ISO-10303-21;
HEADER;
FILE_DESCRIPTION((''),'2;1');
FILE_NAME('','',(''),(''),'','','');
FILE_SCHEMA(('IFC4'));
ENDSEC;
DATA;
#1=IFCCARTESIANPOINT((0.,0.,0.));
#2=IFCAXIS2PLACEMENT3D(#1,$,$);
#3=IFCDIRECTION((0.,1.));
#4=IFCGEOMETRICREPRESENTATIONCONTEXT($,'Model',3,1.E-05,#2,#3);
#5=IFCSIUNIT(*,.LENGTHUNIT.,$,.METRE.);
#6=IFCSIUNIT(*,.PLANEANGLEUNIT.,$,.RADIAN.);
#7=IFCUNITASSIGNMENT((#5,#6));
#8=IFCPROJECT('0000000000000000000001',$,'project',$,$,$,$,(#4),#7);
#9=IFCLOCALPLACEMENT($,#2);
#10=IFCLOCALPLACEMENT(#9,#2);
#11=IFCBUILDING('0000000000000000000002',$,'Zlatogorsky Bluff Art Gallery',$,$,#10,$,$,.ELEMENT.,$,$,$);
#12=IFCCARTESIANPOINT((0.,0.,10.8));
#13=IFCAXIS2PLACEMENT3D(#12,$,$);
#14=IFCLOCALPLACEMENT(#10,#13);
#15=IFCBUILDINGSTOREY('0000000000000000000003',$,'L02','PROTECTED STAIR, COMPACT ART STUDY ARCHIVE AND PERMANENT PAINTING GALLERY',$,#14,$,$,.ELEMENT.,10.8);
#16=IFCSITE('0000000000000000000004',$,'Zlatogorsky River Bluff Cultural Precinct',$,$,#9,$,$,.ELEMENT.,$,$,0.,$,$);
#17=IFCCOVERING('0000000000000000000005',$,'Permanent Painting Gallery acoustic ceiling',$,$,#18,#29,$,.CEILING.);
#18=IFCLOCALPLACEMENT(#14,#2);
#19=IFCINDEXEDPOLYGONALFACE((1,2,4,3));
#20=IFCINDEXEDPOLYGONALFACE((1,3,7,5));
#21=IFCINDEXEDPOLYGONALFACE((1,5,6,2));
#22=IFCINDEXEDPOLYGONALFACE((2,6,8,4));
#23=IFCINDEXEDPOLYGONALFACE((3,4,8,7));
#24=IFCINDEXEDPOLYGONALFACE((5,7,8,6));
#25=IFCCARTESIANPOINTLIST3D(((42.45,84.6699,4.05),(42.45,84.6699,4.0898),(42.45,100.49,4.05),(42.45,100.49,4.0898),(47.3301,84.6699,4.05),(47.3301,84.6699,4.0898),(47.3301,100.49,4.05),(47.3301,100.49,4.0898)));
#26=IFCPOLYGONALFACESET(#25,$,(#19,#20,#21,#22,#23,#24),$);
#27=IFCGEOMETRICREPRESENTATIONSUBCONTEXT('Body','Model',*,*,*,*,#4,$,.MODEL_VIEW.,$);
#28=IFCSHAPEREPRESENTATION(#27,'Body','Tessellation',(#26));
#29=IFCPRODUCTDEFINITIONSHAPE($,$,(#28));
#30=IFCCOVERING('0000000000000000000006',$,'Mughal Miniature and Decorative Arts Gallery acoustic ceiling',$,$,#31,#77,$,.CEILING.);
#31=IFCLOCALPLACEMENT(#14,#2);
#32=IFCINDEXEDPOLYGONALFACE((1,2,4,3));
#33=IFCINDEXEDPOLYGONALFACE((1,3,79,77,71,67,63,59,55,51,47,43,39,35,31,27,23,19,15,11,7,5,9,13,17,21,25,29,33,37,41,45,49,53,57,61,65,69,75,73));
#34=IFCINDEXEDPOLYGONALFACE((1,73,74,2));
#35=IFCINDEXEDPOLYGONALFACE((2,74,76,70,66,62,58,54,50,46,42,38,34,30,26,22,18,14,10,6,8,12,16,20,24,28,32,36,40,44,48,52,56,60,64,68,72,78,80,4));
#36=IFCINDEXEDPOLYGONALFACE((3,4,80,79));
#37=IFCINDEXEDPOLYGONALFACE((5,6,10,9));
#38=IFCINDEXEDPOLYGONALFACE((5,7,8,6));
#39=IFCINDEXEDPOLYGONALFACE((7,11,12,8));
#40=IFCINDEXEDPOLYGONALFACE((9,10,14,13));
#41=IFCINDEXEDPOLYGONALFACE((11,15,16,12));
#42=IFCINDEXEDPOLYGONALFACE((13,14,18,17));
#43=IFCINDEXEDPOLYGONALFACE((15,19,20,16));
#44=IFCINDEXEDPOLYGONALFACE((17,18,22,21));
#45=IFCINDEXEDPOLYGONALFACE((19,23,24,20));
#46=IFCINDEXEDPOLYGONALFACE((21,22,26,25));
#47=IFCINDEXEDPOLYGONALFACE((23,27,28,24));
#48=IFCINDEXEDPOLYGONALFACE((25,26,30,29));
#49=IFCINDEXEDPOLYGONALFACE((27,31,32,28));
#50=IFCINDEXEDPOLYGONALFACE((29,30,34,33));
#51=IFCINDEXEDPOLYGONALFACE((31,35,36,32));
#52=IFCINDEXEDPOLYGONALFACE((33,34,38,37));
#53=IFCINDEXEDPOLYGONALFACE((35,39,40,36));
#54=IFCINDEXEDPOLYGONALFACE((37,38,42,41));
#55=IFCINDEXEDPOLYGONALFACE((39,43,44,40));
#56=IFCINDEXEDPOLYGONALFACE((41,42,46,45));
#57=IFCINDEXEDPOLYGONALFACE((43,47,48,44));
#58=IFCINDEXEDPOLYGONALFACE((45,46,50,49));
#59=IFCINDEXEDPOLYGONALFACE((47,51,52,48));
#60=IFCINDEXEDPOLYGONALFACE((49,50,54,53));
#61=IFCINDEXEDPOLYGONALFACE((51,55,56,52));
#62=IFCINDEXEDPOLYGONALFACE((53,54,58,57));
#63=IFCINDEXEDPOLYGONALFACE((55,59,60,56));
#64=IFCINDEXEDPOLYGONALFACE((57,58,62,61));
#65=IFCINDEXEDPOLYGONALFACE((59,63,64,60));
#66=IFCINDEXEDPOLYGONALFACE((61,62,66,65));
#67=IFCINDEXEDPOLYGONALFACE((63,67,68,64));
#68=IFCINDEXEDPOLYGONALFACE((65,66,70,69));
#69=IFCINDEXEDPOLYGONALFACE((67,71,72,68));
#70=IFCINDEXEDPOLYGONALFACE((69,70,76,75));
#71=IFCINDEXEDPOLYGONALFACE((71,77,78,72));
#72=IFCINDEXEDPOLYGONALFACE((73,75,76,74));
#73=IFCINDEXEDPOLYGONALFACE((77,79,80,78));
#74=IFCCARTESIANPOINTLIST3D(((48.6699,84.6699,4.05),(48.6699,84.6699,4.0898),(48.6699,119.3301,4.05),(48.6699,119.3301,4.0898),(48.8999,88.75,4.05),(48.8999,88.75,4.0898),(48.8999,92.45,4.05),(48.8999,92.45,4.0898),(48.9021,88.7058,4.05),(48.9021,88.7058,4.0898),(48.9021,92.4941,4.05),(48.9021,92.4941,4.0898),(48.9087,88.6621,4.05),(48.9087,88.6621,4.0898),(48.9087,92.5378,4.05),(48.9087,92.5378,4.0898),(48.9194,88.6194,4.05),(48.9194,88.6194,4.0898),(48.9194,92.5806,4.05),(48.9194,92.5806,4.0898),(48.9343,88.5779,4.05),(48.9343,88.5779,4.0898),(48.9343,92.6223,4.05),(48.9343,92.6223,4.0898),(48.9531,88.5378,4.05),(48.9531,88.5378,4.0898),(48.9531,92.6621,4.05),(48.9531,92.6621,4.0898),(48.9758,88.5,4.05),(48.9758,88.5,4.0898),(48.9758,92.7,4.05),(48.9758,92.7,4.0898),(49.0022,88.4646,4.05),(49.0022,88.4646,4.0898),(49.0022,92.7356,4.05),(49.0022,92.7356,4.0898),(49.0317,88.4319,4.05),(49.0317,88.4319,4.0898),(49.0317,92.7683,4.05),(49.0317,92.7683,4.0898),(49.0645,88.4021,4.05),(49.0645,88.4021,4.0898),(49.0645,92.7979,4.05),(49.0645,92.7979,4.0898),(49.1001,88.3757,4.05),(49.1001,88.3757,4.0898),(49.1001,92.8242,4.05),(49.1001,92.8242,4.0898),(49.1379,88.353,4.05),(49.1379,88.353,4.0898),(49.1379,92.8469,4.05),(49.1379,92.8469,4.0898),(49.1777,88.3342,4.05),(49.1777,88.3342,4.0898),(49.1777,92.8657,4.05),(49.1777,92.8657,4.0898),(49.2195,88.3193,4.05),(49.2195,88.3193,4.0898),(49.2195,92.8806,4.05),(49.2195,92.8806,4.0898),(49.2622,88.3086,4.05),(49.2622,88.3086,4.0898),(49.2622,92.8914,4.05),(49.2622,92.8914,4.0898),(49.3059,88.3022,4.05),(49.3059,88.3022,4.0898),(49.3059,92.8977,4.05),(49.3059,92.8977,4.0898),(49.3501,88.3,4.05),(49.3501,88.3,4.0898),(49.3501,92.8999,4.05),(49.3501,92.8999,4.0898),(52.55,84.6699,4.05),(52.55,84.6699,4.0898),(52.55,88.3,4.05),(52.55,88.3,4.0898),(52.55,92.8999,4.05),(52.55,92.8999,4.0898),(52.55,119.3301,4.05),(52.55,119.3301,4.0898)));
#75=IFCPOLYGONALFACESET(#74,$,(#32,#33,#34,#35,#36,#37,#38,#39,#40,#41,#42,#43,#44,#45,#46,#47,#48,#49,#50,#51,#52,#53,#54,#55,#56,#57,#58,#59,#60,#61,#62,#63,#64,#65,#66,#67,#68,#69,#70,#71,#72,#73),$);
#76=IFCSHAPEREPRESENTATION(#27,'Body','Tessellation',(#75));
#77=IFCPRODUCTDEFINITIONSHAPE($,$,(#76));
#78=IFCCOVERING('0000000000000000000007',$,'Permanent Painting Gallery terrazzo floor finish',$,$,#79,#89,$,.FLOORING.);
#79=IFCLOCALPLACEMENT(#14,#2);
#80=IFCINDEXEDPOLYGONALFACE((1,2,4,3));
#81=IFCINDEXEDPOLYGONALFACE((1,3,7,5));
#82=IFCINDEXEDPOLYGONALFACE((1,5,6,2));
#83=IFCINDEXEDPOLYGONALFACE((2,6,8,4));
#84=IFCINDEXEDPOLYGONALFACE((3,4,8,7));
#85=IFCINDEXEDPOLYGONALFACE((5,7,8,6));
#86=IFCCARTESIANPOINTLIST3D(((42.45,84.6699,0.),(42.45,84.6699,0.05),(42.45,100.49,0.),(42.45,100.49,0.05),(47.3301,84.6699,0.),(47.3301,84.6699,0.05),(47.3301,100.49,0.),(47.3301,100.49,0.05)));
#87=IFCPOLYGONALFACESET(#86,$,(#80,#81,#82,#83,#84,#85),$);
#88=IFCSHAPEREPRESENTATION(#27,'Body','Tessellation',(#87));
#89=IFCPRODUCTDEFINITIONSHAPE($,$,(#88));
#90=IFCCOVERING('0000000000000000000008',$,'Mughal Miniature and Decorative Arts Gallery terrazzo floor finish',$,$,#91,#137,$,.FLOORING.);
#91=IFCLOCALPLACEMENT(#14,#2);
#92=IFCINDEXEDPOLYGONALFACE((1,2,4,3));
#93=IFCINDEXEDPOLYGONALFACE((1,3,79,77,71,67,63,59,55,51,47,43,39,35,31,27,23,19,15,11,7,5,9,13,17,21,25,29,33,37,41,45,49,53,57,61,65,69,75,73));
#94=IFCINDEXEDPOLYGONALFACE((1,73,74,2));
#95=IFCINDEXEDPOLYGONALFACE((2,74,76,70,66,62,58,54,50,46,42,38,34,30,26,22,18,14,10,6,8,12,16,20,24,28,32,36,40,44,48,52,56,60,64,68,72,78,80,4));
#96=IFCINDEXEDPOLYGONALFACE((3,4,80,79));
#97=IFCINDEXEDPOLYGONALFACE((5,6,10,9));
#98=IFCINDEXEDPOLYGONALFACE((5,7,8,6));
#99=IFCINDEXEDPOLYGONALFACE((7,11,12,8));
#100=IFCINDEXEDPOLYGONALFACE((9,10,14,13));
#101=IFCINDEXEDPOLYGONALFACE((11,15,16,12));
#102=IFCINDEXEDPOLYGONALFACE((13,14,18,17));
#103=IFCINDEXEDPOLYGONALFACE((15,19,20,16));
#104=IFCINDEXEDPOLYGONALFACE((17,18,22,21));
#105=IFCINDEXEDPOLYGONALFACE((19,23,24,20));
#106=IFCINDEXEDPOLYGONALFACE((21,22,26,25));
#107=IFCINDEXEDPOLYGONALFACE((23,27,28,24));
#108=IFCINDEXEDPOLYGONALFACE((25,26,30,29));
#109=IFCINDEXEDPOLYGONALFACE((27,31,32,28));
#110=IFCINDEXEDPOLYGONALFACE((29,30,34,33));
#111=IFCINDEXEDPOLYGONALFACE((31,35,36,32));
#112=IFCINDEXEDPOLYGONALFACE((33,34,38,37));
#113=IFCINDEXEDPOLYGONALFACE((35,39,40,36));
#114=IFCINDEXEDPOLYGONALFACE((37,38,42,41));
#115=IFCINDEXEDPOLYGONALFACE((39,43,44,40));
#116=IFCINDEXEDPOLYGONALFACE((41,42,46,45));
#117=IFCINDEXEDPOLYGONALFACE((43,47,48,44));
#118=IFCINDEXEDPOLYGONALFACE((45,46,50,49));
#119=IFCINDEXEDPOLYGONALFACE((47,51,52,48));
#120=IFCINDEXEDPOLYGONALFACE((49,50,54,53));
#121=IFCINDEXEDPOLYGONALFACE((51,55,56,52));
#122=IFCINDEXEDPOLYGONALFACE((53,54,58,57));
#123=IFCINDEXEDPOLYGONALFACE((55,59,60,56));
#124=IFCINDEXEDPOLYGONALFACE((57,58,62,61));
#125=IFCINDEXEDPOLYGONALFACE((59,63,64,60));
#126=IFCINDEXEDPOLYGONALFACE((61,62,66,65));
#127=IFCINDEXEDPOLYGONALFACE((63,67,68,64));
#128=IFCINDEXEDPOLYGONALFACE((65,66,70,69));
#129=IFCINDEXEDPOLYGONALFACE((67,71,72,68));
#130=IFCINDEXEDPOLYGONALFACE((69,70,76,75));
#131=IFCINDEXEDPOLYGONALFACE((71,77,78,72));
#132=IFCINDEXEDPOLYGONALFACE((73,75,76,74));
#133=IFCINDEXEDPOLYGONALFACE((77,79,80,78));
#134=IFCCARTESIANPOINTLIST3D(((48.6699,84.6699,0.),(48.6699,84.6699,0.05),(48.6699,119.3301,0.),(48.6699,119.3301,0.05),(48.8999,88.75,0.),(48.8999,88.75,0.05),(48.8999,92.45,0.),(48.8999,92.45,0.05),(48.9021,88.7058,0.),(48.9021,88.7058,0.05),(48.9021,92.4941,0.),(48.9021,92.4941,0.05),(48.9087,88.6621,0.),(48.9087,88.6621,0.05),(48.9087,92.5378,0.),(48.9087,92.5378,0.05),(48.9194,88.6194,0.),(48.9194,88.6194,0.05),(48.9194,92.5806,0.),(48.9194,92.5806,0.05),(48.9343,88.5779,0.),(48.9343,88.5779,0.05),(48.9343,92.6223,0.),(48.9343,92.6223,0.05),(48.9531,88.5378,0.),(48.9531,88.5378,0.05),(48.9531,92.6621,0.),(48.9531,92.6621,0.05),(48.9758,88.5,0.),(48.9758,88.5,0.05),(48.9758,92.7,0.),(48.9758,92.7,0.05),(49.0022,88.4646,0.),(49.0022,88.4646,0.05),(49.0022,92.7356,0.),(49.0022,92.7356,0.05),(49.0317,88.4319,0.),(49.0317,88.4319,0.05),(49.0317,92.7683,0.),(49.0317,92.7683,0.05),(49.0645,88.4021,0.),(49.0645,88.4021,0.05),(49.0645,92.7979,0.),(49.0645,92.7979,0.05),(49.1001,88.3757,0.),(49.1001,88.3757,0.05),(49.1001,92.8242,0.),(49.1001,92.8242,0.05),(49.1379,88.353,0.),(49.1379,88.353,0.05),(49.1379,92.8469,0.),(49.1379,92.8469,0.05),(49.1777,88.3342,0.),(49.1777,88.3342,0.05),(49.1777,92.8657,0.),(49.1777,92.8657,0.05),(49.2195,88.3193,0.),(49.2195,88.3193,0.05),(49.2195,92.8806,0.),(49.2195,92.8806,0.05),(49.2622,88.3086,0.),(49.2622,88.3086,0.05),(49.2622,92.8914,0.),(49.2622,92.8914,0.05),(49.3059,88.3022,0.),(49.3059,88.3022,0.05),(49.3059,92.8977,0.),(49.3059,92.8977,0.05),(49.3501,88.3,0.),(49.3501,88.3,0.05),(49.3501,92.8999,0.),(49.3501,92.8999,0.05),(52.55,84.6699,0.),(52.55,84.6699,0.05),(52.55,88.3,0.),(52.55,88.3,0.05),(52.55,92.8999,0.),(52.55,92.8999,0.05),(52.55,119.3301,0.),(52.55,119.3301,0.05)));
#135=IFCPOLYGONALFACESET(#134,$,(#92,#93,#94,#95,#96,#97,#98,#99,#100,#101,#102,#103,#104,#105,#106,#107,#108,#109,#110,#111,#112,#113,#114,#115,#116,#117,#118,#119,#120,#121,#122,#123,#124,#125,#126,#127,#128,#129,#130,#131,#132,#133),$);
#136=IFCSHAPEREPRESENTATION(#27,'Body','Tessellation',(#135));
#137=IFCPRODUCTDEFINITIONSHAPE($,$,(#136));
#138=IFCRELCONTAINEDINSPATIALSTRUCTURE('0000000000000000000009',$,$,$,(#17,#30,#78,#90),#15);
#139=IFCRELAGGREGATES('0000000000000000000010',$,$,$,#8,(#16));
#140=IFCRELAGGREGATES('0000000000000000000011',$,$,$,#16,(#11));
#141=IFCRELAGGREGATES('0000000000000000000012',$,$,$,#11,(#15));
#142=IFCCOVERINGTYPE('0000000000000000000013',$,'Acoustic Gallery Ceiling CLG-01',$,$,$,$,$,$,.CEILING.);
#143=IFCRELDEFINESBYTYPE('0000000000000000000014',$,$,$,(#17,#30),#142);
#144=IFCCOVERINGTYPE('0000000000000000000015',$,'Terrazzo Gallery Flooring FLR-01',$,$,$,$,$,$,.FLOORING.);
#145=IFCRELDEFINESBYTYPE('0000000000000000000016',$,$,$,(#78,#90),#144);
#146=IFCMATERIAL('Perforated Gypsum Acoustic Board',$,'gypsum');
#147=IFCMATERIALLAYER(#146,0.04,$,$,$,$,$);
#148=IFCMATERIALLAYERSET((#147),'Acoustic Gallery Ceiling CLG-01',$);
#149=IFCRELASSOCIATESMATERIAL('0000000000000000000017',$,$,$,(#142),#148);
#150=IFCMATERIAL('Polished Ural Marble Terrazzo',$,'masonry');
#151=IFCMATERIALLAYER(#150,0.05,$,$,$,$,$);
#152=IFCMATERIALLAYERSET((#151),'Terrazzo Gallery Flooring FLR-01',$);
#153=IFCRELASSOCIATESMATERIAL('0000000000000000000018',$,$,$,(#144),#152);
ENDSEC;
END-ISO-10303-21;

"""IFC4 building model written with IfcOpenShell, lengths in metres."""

from ifc_helpers import new_model, si_unit, direction, frame, origin, place, context, subcontext, project, spatial, polyline, outline, extrude, material, layer, layer_set, type_object, element, save


model = new_model("IFC4")

# Units and contexts
model_context = context("Model", 3, precision=1e-05, world=origin(), true_north=direction((0.0, 1.0)))
body_context = subcontext(model_context, "Body", "Model", "MODEL_VIEW")
ifc_project = project(units=[si_unit("LENGTHUNIT", "METRE"), si_unit("PLANEANGLEUNIT", "RADIAN")], contexts=[model_context])

# Site, building, storey
site_placement = place(None, origin())
site = spatial("IfcSite", under=ifc_project, at=site_placement, Name="Zlatogorsky River Bluff Cultural Precinct", CompositionType="ELEMENT", RefElevation=0.0)
building_placement = place(site_placement, origin())
building = spatial("IfcBuilding", under=site, at=building_placement, Name="Zlatogorsky Bluff Art Gallery", CompositionType="ELEMENT")
storey_placement = place(building_placement, frame((0.0, 0.0, 10.8)))
storey = spatial("IfcBuildingStorey", under=building, at=storey_placement, Name="L02", Description="PROTECTED STAIR, COMPACT ART STUDY ARCHIVE AND PERMANENT PAINTING GALLERY", CompositionType="ELEMENT", Elevation=10.8)

# Coverings
ifc_material_1 = material(Name="Perforated Gypsum Acoustic Board", Category="gypsum")
ifc_layer_1 = layer(ifc_material_1, 0.04)
ifc_layer_set_1 = layer_set([ifc_layer_1], Name="Acoustic Gallery Ceiling CLG-01")
covering_type_1 = type_object("IfcCoveringType", Name="Acoustic Gallery Ceiling CLG-01", PredefinedType="CEILING", material=ifc_layer_set_1)
covering_1_placement = place(storey_placement, frame((0.0, 0.0, 4.05)))
element("IfcCovering", 1, at=covering_1_placement, inside=storey, type_object=covering_type_1, Name="Permanent Painting Gallery acoustic ceiling", PredefinedType="CEILING", context=body_context, shape_type="SweptSolid", body=[
    extrude(outline(polyline([(42.45, 84.6699), (42.45, 100.49), (47.3301, 100.49), (47.3301, 84.6699), (42.45, 84.6699)])), origin(), (0.0, 0.0, 1.0), 0.0398),
])
covering_2_placement = place(storey_placement, frame((0.0, 0.0, 4.05)))
element("IfcCovering", 2, at=covering_2_placement, inside=storey, type_object=covering_type_1, Name="Mughal Miniature and Decorative Arts Gallery acoustic ceiling", PredefinedType="CEILING", context=body_context, shape_type="SweptSolid", body=[
    extrude(outline(polyline([(52.55, 84.6699), (48.6699, 84.6699), (48.6699, 119.3301), (52.55, 119.3301), (52.55, 92.8999), (49.3501, 92.8999), (49.3059, 92.8977), (49.2622, 92.8914), (49.2195, 92.8806), (49.1777, 92.8657), (49.1379, 92.8469), (49.1001, 92.8242), (49.0645, 92.7979), (49.0317, 92.7683), (49.0022, 92.7356), (48.9758, 92.7), (48.9531, 92.6621), (48.9343, 92.6223), (48.9194, 92.5806), (48.9087, 92.5378), (48.9021, 92.4941), (48.8999, 92.45), (48.8999, 88.75), (48.9021, 88.7058), (48.9087, 88.6621), (48.9194, 88.6194), (48.9343, 88.5779), (48.9531, 88.5378), (48.9758, 88.5), (49.0022, 88.4646), (49.0317, 88.4319), (49.0645, 88.4021), (49.1001, 88.3757), (49.1379, 88.353), (49.1777, 88.3342), (49.2195, 88.3193), (49.2622, 88.3086), (49.3059, 88.3022), (49.3501, 88.3), (52.55, 88.3), (52.55, 84.6699)])), origin(), (0.0, 0.0, 1.0), 0.0398),
])
ifc_material_2 = material(Name="Polished Ural Marble Terrazzo", Category="masonry")
ifc_layer_2 = layer(ifc_material_2, 0.05)
ifc_layer_set_2 = layer_set([ifc_layer_2], Name="Terrazzo Gallery Flooring FLR-01")
covering_type_2 = type_object("IfcCoveringType", Name="Terrazzo Gallery Flooring FLR-01", PredefinedType="FLOORING", material=ifc_layer_set_2)
covering_3_placement = place(storey_placement, origin())
element("IfcCovering", 3, at=covering_3_placement, inside=storey, type_object=covering_type_2, Name="Permanent Painting Gallery terrazzo floor finish", PredefinedType="FLOORING", context=body_context, shape_type="SweptSolid", body=[
    extrude(outline(polyline([(42.45, 84.6699), (42.45, 100.49), (47.3301, 100.49), (47.3301, 84.6699), (42.45, 84.6699)])), origin(), (0.0, 0.0, 1.0), 0.05),
])
covering_4_placement = place(storey_placement, origin())
element("IfcCovering", 4, at=covering_4_placement, inside=storey, type_object=covering_type_2, Name="Mughal Miniature and Decorative Arts Gallery terrazzo floor finish", PredefinedType="FLOORING", context=body_context, shape_type="SweptSolid", body=[
    extrude(outline(polyline([(52.55, 84.6699), (48.6699, 84.6699), (48.6699, 119.3301), (52.55, 119.3301), (52.55, 92.8999), (49.3501, 92.8999), (49.3059, 92.8977), (49.2622, 92.8914), (49.2195, 92.8806), (49.1777, 92.8657), (49.1379, 92.8469), (49.1001, 92.8242), (49.0645, 92.7979), (49.0317, 92.7683), (49.0022, 92.7356), (48.9758, 92.7), (48.9531, 92.6621), (48.9343, 92.6223), (48.9194, 92.5806), (48.9087, 92.5378), (48.9021, 92.4941), (48.8999, 92.45), (48.8999, 88.75), (48.9021, 88.7058), (48.9087, 88.6621), (48.9194, 88.6194), (48.9343, 88.5779), (48.9531, 88.5378), (48.9758, 88.5), (49.0022, 88.4646), (49.0317, 88.4319), (49.0645, 88.4021), (49.1001, 88.3757), (49.1379, 88.353), (49.1777, 88.3342), (49.2195, 88.3193), (49.2622, 88.3086), (49.3059, 88.3022), (49.3501, 88.3), (52.55, 88.3), (52.55, 84.6699)])), origin(), (0.0, 0.0, 1.0), 0.05),
])

save(model, "model.ifc")
